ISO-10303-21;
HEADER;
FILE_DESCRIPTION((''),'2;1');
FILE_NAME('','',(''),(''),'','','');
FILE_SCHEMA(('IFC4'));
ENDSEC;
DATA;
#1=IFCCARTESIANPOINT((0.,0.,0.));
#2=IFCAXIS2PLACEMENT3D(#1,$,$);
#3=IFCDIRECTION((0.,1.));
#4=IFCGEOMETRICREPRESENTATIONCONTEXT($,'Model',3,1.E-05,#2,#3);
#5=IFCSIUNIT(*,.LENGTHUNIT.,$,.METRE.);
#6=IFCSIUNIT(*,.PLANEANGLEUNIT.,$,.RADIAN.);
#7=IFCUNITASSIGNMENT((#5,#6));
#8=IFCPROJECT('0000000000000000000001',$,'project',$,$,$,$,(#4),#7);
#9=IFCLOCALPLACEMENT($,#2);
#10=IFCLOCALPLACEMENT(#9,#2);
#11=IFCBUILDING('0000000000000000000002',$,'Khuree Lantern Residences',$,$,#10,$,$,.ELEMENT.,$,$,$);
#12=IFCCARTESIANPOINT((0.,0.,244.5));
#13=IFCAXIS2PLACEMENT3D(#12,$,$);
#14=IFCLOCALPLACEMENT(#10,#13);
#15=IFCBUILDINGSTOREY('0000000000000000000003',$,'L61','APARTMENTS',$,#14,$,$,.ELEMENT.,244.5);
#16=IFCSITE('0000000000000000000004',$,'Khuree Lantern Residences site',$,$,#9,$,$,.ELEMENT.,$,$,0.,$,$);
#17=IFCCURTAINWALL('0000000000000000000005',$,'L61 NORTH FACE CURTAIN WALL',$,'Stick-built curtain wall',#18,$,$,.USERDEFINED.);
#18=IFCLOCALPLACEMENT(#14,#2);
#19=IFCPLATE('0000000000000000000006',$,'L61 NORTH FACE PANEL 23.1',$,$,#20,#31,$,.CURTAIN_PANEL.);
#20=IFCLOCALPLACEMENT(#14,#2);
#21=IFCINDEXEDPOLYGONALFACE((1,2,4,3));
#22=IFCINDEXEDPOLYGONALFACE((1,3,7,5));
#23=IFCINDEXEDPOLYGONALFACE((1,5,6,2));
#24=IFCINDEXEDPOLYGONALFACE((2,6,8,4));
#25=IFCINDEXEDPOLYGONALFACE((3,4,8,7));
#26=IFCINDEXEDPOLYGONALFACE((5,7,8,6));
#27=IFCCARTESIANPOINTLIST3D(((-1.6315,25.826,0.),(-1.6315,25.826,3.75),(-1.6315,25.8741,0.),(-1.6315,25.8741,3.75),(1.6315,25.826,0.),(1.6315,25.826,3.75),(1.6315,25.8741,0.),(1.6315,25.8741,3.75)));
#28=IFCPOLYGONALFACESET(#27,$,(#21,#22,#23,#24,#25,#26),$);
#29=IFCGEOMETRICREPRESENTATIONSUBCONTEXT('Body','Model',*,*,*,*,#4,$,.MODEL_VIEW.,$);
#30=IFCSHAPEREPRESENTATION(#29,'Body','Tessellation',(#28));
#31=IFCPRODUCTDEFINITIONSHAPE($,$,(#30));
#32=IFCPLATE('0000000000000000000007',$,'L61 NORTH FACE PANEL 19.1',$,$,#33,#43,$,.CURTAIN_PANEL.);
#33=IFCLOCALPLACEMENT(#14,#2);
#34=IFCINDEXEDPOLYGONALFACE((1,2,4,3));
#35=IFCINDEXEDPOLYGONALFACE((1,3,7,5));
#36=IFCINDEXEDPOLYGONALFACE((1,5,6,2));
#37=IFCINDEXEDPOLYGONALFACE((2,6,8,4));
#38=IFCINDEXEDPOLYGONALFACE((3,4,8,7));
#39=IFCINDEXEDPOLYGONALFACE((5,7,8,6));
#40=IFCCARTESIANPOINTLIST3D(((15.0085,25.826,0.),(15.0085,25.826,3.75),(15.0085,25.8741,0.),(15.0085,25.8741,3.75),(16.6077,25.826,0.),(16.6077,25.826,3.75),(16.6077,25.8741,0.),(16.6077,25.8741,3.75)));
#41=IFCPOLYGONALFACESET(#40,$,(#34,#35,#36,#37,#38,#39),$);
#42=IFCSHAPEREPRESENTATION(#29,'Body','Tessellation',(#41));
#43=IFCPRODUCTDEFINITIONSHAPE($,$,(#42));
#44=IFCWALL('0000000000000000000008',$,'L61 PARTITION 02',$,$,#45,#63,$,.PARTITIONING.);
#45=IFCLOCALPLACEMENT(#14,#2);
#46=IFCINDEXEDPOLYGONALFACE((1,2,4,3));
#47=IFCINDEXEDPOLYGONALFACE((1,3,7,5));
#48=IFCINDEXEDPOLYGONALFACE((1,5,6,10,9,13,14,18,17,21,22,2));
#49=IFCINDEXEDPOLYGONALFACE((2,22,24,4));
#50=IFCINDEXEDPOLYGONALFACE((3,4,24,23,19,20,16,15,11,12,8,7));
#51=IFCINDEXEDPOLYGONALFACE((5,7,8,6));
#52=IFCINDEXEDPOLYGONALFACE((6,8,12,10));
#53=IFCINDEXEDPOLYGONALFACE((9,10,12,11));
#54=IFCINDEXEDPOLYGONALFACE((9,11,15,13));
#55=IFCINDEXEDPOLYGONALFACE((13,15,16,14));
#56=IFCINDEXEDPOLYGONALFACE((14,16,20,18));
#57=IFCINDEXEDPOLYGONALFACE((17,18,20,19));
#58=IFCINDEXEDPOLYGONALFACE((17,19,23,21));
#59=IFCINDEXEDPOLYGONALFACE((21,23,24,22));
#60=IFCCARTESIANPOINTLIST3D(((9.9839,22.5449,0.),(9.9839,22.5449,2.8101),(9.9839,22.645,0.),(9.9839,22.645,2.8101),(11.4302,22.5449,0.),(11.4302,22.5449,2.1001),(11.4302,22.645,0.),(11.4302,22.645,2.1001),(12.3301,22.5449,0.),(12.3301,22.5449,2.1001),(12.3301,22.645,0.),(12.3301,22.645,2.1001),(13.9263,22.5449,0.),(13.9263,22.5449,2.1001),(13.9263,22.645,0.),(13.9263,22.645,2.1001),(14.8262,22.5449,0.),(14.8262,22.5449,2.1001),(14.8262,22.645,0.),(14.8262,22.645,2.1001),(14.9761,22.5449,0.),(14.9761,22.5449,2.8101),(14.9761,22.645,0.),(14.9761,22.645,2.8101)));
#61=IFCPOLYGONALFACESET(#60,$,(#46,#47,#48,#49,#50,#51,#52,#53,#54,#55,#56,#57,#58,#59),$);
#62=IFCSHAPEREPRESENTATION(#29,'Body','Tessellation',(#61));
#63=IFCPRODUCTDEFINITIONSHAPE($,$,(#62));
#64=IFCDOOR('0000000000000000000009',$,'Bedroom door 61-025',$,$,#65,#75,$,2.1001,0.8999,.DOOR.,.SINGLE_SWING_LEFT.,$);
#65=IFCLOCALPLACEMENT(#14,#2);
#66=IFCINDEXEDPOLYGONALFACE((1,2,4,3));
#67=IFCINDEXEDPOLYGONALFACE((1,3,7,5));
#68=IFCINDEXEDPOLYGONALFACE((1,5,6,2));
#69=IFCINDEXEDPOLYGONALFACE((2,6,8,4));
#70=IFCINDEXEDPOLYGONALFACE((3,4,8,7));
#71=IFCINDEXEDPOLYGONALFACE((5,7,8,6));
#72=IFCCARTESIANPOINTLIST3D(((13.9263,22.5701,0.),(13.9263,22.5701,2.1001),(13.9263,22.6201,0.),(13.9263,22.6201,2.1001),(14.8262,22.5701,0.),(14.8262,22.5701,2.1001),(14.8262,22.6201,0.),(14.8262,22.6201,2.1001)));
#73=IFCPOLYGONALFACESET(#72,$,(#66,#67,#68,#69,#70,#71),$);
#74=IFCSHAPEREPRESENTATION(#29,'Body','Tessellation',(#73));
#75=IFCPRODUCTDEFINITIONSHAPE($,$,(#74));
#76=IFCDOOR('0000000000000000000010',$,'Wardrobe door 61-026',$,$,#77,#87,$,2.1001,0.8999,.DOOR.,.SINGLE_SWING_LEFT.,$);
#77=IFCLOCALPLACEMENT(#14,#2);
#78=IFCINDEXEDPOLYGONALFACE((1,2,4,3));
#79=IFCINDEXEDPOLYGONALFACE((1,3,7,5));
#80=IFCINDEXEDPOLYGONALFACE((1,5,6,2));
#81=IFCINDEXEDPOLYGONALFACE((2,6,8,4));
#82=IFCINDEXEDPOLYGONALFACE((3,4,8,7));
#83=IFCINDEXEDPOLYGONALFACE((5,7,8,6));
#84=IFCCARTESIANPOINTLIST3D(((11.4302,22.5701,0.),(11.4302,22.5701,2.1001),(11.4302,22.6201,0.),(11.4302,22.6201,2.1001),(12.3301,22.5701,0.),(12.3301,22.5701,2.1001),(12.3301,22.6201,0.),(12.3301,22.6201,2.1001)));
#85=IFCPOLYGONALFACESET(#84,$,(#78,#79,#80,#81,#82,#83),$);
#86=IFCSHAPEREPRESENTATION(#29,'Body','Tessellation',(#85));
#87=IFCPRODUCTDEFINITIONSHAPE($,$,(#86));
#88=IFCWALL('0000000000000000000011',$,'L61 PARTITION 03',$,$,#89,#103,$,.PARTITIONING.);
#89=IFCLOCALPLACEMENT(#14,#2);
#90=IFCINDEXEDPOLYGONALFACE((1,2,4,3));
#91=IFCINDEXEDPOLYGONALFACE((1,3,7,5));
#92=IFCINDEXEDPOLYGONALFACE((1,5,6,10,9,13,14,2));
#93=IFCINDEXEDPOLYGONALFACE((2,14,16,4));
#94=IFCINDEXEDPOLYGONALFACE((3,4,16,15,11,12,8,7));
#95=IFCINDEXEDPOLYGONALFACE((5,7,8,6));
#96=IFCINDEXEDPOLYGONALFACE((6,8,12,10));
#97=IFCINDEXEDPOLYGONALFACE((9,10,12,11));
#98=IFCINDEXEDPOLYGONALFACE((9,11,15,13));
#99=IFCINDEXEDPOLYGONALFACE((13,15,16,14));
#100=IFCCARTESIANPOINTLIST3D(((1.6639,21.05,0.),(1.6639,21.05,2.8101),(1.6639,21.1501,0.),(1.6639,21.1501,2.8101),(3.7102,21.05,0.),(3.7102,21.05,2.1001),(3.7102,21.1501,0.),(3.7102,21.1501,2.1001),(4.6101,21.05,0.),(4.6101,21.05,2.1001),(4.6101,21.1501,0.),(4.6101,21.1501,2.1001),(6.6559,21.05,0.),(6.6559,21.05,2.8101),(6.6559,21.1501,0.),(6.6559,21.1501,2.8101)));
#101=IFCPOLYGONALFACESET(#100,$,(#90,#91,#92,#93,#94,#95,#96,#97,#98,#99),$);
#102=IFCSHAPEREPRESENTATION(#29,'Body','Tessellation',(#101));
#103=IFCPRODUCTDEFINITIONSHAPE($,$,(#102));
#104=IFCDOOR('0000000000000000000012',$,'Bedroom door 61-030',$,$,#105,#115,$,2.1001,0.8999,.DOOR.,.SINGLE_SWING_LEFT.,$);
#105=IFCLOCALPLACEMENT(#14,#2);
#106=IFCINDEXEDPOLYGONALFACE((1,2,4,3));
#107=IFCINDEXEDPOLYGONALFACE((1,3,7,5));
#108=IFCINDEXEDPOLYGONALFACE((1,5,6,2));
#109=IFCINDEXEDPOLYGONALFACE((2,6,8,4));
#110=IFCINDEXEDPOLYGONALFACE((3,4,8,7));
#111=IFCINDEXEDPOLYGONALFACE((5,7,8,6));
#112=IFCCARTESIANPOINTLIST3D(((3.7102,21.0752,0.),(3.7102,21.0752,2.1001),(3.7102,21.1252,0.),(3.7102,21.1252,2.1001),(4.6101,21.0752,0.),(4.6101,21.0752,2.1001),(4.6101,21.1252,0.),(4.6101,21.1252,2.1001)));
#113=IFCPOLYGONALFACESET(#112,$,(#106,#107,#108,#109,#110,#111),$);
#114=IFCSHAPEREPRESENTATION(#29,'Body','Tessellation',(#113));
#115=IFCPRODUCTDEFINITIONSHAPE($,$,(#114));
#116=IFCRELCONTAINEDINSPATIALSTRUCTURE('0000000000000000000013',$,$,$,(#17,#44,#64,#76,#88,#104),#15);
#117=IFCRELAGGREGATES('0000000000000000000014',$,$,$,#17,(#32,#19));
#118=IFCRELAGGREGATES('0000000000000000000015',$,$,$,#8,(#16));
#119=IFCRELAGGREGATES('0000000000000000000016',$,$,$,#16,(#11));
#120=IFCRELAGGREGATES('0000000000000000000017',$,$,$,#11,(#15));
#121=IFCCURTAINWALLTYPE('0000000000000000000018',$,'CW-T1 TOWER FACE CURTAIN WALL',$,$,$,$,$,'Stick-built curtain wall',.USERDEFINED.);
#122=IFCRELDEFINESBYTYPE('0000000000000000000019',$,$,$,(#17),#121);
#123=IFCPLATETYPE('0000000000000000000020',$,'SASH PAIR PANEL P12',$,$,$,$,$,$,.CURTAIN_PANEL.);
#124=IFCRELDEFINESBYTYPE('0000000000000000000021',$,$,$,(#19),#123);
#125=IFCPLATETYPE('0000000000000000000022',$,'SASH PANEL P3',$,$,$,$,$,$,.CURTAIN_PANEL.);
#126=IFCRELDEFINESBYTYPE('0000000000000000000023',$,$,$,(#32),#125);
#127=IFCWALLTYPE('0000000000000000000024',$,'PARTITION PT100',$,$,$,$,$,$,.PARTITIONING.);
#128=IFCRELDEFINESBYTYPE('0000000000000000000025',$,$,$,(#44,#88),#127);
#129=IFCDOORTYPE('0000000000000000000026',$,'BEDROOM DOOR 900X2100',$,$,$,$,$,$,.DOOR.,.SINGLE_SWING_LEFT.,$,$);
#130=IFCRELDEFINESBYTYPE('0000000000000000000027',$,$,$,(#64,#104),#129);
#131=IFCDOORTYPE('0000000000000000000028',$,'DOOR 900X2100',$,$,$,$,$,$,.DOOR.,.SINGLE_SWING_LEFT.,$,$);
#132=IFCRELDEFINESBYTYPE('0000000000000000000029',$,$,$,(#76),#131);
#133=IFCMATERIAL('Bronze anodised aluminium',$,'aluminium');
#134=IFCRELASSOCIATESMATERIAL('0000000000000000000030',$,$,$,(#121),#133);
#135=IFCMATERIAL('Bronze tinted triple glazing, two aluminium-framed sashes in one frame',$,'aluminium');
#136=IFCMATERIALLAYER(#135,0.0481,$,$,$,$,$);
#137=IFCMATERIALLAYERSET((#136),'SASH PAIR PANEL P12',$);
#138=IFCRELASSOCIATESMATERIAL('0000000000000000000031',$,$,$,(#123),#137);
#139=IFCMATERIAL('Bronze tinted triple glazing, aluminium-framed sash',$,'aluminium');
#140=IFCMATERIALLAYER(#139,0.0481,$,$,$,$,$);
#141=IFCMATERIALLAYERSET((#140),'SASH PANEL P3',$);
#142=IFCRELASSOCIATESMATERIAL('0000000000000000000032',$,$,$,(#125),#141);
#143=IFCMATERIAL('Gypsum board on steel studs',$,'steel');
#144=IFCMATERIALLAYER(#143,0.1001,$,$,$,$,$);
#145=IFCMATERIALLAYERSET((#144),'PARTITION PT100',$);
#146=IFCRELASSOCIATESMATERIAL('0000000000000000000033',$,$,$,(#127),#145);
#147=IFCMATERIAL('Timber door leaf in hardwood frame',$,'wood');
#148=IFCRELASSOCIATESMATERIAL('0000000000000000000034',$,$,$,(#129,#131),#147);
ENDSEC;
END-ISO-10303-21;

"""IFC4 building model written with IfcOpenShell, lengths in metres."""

from ifc_helpers import new_model, si_unit, direction, frame, frame_2d, origin, origin_2d, place, context, subcontext, project, spatial, rectangle, extrude, material, layer, layer_set, type_object, element, fill, aggregate, save


model = new_model("IFC4")

# Units and contexts
model_context = context("Model", 3, precision=1e-05, world=origin(), true_north=direction((0.0, 1.0)))
body_context = subcontext(model_context, "Body", "Model", "MODEL_VIEW")
ifc_project = project(units=[si_unit("LENGTHUNIT", "METRE"), si_unit("PLANEANGLEUNIT", "RADIAN")], contexts=[model_context])

# Site, building, storey
site_placement = place(None, origin())
site = spatial("IfcSite", under=ifc_project, at=site_placement, Name="Khuree Lantern Residences site", CompositionType="ELEMENT", RefElevation=0.0)
building_placement = place(site_placement, origin())
building = spatial("IfcBuilding", under=site, at=building_placement, Name="Khuree Lantern Residences", CompositionType="ELEMENT")
storey_placement = place(building_placement, frame((0.0, 0.0, 244.5)))
storey = spatial("IfcBuildingStorey", under=building, at=storey_placement, Name="L61", Description="APARTMENTS", CompositionType="ELEMENT", Elevation=244.5)

# Curtain wall
ifc_material_1 = material(Name="Bronze anodised aluminium", Category="aluminium")
curtain_wall_type = type_object("IfcCurtainWallType", Name="CW-T1 TOWER FACE CURTAIN WALL", ElementType="Stick-built curtain wall", PredefinedType="USERDEFINED", material=ifc_material_1)
curtain_wall_placement = place(storey_placement, origin())
curtain_wall = element("IfcCurtainWall", 1, at=curtain_wall_placement, inside=storey, type_object=curtain_wall_type, Name="L61 NORTH FACE CURTAIN WALL", ObjectType="Stick-built curtain wall", PredefinedType="USERDEFINED")

# Plates
ifc_material_2 = material(Name="Bronze tinted triple glazing, two aluminium-framed sashes in one frame", Category="aluminium")
ifc_layer_1 = layer(ifc_material_2, 0.0481)
ifc_layer_set_1 = layer_set([ifc_layer_1], Name="SASH PAIR PANEL P12")
plate_type_1 = type_object("IfcPlateType", Name="SASH PAIR PANEL P12", PredefinedType="CURTAIN_PANEL", material=ifc_layer_set_1)
plate_1_placement = place(storey_placement, frame((0.0, 25.8501, 0.0), z_axis=(0.0, 0.0, 1.0), x_axis=(-1.0, 0.0, 0.0)))
plate_1 = element("IfcPlate", 2, at=plate_1_placement, type_object=plate_type_1, Name="L61 NORTH FACE PANEL 23.1", PredefinedType="CURTAIN_PANEL", context=body_context, shape_type="SweptSolid", body=[
    extrude(rectangle(XDim=3.2629, YDim=0.0481, at=origin_2d()), origin(), (0.0, 0.0, 1.0), 3.75),
])
ifc_material_3 = material(Name="Bronze tinted triple glazing, aluminium-framed sash", Category="aluminium")
ifc_layer_2 = layer(ifc_material_3, 0.0481)
ifc_layer_set_2 = layer_set([ifc_layer_2], Name="SASH PANEL P3")
plate_type_2 = type_object("IfcPlateType", Name="SASH PANEL P3", PredefinedType="CURTAIN_PANEL", material=ifc_layer_set_2)
plate_2_placement = place(storey_placement, frame((15.8081, 25.8501, 0.0), z_axis=(0.0, 0.0, 1.0), x_axis=(-1.0, 0.0, 0.0)))
plate_2 = element("IfcPlate", 3, at=plate_2_placement, type_object=plate_type_2, Name="L61 NORTH FACE PANEL 19.1", PredefinedType="CURTAIN_PANEL", context=body_context, shape_type="SweptSolid", body=[
    extrude(rectangle(XDim=1.5991, YDim=0.0481, at=origin_2d()), origin(), (0.0, 0.0, 1.0), 3.75),
])
aggregate(curtain_wall, [plate_2, plate_1])

# Wall, openings, doors
ifc_material_4 = material(Name="Gypsum board on steel studs", Category="steel")
ifc_layer_3 = layer(ifc_material_4, 0.1001)
ifc_layer_set_3 = layer_set([ifc_layer_3], Name="PARTITION PT100")
wall_type = type_object("IfcWallType", Name="PARTITION PT100", PredefinedType="PARTITIONING", material=ifc_layer_set_3)
wall_1_placement = place(storey_placement, frame((14.9761, 22.595, 0.0), z_axis=(0.0, 0.0, 1.0), x_axis=(-1.0, 0.0, 0.0)))
wall_1 = element("IfcWall", 4, at=wall_1_placement, inside=storey, type_object=wall_type, Name="L61 PARTITION 02", PredefinedType="PARTITIONING", context=body_context, shape_type="SweptSolid", body=[
    extrude(rectangle(XDim=4.9922, YDim=0.1001, at=frame_2d((2.4961, 0.0))), origin(), (0.0, 0.0, 1.0), 2.8101),
])
opening_1_placement = place(wall_1_placement, frame((0.1499, 0.0, 0.0)))
opening_1 = element("IfcOpeningElement", 5, at=opening_1_placement, cuts=wall_1, PredefinedType="OPENING", context=body_context, shape_type="SweptSolid", body=[
    extrude(rectangle(XDim=0.8999, YDim=2.1001, at=frame_2d((0.45, 1.05))), frame((0.0, 0.0601, 0.0), z_axis=(0.0, -1.0, 0.0), x_axis=(1.0, 0.0, 0.0)), (0.0, 0.0, 1.0), 0.1201),
])
opening_2_placement = place(wall_1_placement, frame((2.646, 0.0, 0.0)))
opening_2 = element("IfcOpeningElement", 6, at=opening_2_placement, cuts=wall_1, PredefinedType="OPENING", context=body_context, shape_type="SweptSolid", body=[
    extrude(rectangle(XDim=0.8999, YDim=2.1001, at=frame_2d((0.45, 1.05))), frame((0.0, 0.0601, 0.0), z_axis=(0.0, -1.0, 0.0), x_axis=(1.0, 0.0, 0.0)), (0.0, 0.0, 1.0), 0.1201),
])
ifc_material_5 = material(Name="Timber door leaf in hardwood frame", Category="wood")
door_type_1 = type_object("IfcDoorType", Name="BEDROOM DOOR 900X2100", OperationType="SINGLE_SWING_LEFT", PredefinedType="DOOR", material=ifc_material_5)
door_1_placement = place(opening_1_placement, origin())
door_1 = element("IfcDoor", 7, at=door_1_placement, inside=storey, type_object=door_type_1, Name="Bedroom door 61-025", OperationType="SINGLE_SWING_LEFT", OverallHeight=2.1001, OverallWidth=0.8999, PredefinedType="DOOR", context=body_context, shape_type="SweptSolid", body=[
    extrude(rectangle(XDim=0.8999, YDim=2.1001, at=frame_2d((0.45, 1.05))), frame((0.0, 0.0249, 0.0), z_axis=(0.0, -1.0, 0.0), x_axis=(1.0, 0.0, 0.0)), (0.0, 0.0, 1.0), 0.05),
])
fill(opening_1, door_1)
door_type_2 = type_object("IfcDoorType", Name="DOOR 900X2100", OperationType="SINGLE_SWING_LEFT", PredefinedType="DOOR", material=ifc_material_5)
door_2_placement = place(opening_2_placement, origin())
door_2 = element("IfcDoor", 8, at=door_2_placement, inside=storey, type_object=door_type_2, Name="Wardrobe door 61-026", OperationType="SINGLE_SWING_LEFT", OverallHeight=2.1001, OverallWidth=0.8999, PredefinedType="DOOR", context=body_context, shape_type="SweptSolid", body=[
    extrude(rectangle(XDim=0.8999, YDim=2.1001, at=frame_2d((0.45, 1.05))), frame((0.0, 0.0249, 0.0), z_axis=(0.0, -1.0, 0.0), x_axis=(1.0, 0.0, 0.0)), (0.0, 0.0, 1.0), 0.05),
])
fill(opening_2, door_2)

# Wall, opening, door
wall_2_placement = place(storey_placement, frame((6.656, 21.1001, 0.0), z_axis=(0.0, 0.0, 1.0), x_axis=(-1.0, 0.0, 0.0)))
wall_2 = element("IfcWall", 9, at=wall_2_placement, inside=storey, type_object=wall_type, Name="L61 PARTITION 03", PredefinedType="PARTITIONING", context=body_context, shape_type="SweptSolid", body=[
    extrude(rectangle(XDim=4.9919, YDim=0.1001, at=frame_2d((2.4961, 0.0))), origin(), (0.0, 0.0, 1.0), 2.8101),
])
opening_3_placement = place(wall_2_placement, frame((2.0459, 0.0, 0.0)))
opening_3 = element("IfcOpeningElement", 10, at=opening_3_placement, cuts=wall_2, PredefinedType="OPENING", context=body_context, shape_type="SweptSolid", body=[
    extrude(rectangle(XDim=0.8999, YDim=2.1001, at=frame_2d((0.45, 1.05))), frame((0.0, 0.0601, 0.0), z_axis=(0.0, -1.0, 0.0), x_axis=(1.0, 0.0, 0.0)), (0.0, 0.0, 1.0), 0.1201),
])
door_3_placement = place(opening_3_placement, origin())
door_3 = element("IfcDoor", 11, at=door_3_placement, inside=storey, type_object=door_type_1, Name="Bedroom door 61-030", OperationType="SINGLE_SWING_LEFT", OverallHeight=2.1001, OverallWidth=0.8999, PredefinedType="DOOR", context=body_context, shape_type="SweptSolid", body=[
    extrude(rectangle(XDim=0.8999, YDim=2.1001, at=frame_2d((0.45, 1.05))), frame((0.0, 0.0249, 0.0), z_axis=(0.0, -1.0, 0.0), x_axis=(1.0, 0.0, 0.0)), (0.0, 0.0, 1.0), 0.05),
])
fill(opening_3, door_3)

save(model, "model.ifc")
